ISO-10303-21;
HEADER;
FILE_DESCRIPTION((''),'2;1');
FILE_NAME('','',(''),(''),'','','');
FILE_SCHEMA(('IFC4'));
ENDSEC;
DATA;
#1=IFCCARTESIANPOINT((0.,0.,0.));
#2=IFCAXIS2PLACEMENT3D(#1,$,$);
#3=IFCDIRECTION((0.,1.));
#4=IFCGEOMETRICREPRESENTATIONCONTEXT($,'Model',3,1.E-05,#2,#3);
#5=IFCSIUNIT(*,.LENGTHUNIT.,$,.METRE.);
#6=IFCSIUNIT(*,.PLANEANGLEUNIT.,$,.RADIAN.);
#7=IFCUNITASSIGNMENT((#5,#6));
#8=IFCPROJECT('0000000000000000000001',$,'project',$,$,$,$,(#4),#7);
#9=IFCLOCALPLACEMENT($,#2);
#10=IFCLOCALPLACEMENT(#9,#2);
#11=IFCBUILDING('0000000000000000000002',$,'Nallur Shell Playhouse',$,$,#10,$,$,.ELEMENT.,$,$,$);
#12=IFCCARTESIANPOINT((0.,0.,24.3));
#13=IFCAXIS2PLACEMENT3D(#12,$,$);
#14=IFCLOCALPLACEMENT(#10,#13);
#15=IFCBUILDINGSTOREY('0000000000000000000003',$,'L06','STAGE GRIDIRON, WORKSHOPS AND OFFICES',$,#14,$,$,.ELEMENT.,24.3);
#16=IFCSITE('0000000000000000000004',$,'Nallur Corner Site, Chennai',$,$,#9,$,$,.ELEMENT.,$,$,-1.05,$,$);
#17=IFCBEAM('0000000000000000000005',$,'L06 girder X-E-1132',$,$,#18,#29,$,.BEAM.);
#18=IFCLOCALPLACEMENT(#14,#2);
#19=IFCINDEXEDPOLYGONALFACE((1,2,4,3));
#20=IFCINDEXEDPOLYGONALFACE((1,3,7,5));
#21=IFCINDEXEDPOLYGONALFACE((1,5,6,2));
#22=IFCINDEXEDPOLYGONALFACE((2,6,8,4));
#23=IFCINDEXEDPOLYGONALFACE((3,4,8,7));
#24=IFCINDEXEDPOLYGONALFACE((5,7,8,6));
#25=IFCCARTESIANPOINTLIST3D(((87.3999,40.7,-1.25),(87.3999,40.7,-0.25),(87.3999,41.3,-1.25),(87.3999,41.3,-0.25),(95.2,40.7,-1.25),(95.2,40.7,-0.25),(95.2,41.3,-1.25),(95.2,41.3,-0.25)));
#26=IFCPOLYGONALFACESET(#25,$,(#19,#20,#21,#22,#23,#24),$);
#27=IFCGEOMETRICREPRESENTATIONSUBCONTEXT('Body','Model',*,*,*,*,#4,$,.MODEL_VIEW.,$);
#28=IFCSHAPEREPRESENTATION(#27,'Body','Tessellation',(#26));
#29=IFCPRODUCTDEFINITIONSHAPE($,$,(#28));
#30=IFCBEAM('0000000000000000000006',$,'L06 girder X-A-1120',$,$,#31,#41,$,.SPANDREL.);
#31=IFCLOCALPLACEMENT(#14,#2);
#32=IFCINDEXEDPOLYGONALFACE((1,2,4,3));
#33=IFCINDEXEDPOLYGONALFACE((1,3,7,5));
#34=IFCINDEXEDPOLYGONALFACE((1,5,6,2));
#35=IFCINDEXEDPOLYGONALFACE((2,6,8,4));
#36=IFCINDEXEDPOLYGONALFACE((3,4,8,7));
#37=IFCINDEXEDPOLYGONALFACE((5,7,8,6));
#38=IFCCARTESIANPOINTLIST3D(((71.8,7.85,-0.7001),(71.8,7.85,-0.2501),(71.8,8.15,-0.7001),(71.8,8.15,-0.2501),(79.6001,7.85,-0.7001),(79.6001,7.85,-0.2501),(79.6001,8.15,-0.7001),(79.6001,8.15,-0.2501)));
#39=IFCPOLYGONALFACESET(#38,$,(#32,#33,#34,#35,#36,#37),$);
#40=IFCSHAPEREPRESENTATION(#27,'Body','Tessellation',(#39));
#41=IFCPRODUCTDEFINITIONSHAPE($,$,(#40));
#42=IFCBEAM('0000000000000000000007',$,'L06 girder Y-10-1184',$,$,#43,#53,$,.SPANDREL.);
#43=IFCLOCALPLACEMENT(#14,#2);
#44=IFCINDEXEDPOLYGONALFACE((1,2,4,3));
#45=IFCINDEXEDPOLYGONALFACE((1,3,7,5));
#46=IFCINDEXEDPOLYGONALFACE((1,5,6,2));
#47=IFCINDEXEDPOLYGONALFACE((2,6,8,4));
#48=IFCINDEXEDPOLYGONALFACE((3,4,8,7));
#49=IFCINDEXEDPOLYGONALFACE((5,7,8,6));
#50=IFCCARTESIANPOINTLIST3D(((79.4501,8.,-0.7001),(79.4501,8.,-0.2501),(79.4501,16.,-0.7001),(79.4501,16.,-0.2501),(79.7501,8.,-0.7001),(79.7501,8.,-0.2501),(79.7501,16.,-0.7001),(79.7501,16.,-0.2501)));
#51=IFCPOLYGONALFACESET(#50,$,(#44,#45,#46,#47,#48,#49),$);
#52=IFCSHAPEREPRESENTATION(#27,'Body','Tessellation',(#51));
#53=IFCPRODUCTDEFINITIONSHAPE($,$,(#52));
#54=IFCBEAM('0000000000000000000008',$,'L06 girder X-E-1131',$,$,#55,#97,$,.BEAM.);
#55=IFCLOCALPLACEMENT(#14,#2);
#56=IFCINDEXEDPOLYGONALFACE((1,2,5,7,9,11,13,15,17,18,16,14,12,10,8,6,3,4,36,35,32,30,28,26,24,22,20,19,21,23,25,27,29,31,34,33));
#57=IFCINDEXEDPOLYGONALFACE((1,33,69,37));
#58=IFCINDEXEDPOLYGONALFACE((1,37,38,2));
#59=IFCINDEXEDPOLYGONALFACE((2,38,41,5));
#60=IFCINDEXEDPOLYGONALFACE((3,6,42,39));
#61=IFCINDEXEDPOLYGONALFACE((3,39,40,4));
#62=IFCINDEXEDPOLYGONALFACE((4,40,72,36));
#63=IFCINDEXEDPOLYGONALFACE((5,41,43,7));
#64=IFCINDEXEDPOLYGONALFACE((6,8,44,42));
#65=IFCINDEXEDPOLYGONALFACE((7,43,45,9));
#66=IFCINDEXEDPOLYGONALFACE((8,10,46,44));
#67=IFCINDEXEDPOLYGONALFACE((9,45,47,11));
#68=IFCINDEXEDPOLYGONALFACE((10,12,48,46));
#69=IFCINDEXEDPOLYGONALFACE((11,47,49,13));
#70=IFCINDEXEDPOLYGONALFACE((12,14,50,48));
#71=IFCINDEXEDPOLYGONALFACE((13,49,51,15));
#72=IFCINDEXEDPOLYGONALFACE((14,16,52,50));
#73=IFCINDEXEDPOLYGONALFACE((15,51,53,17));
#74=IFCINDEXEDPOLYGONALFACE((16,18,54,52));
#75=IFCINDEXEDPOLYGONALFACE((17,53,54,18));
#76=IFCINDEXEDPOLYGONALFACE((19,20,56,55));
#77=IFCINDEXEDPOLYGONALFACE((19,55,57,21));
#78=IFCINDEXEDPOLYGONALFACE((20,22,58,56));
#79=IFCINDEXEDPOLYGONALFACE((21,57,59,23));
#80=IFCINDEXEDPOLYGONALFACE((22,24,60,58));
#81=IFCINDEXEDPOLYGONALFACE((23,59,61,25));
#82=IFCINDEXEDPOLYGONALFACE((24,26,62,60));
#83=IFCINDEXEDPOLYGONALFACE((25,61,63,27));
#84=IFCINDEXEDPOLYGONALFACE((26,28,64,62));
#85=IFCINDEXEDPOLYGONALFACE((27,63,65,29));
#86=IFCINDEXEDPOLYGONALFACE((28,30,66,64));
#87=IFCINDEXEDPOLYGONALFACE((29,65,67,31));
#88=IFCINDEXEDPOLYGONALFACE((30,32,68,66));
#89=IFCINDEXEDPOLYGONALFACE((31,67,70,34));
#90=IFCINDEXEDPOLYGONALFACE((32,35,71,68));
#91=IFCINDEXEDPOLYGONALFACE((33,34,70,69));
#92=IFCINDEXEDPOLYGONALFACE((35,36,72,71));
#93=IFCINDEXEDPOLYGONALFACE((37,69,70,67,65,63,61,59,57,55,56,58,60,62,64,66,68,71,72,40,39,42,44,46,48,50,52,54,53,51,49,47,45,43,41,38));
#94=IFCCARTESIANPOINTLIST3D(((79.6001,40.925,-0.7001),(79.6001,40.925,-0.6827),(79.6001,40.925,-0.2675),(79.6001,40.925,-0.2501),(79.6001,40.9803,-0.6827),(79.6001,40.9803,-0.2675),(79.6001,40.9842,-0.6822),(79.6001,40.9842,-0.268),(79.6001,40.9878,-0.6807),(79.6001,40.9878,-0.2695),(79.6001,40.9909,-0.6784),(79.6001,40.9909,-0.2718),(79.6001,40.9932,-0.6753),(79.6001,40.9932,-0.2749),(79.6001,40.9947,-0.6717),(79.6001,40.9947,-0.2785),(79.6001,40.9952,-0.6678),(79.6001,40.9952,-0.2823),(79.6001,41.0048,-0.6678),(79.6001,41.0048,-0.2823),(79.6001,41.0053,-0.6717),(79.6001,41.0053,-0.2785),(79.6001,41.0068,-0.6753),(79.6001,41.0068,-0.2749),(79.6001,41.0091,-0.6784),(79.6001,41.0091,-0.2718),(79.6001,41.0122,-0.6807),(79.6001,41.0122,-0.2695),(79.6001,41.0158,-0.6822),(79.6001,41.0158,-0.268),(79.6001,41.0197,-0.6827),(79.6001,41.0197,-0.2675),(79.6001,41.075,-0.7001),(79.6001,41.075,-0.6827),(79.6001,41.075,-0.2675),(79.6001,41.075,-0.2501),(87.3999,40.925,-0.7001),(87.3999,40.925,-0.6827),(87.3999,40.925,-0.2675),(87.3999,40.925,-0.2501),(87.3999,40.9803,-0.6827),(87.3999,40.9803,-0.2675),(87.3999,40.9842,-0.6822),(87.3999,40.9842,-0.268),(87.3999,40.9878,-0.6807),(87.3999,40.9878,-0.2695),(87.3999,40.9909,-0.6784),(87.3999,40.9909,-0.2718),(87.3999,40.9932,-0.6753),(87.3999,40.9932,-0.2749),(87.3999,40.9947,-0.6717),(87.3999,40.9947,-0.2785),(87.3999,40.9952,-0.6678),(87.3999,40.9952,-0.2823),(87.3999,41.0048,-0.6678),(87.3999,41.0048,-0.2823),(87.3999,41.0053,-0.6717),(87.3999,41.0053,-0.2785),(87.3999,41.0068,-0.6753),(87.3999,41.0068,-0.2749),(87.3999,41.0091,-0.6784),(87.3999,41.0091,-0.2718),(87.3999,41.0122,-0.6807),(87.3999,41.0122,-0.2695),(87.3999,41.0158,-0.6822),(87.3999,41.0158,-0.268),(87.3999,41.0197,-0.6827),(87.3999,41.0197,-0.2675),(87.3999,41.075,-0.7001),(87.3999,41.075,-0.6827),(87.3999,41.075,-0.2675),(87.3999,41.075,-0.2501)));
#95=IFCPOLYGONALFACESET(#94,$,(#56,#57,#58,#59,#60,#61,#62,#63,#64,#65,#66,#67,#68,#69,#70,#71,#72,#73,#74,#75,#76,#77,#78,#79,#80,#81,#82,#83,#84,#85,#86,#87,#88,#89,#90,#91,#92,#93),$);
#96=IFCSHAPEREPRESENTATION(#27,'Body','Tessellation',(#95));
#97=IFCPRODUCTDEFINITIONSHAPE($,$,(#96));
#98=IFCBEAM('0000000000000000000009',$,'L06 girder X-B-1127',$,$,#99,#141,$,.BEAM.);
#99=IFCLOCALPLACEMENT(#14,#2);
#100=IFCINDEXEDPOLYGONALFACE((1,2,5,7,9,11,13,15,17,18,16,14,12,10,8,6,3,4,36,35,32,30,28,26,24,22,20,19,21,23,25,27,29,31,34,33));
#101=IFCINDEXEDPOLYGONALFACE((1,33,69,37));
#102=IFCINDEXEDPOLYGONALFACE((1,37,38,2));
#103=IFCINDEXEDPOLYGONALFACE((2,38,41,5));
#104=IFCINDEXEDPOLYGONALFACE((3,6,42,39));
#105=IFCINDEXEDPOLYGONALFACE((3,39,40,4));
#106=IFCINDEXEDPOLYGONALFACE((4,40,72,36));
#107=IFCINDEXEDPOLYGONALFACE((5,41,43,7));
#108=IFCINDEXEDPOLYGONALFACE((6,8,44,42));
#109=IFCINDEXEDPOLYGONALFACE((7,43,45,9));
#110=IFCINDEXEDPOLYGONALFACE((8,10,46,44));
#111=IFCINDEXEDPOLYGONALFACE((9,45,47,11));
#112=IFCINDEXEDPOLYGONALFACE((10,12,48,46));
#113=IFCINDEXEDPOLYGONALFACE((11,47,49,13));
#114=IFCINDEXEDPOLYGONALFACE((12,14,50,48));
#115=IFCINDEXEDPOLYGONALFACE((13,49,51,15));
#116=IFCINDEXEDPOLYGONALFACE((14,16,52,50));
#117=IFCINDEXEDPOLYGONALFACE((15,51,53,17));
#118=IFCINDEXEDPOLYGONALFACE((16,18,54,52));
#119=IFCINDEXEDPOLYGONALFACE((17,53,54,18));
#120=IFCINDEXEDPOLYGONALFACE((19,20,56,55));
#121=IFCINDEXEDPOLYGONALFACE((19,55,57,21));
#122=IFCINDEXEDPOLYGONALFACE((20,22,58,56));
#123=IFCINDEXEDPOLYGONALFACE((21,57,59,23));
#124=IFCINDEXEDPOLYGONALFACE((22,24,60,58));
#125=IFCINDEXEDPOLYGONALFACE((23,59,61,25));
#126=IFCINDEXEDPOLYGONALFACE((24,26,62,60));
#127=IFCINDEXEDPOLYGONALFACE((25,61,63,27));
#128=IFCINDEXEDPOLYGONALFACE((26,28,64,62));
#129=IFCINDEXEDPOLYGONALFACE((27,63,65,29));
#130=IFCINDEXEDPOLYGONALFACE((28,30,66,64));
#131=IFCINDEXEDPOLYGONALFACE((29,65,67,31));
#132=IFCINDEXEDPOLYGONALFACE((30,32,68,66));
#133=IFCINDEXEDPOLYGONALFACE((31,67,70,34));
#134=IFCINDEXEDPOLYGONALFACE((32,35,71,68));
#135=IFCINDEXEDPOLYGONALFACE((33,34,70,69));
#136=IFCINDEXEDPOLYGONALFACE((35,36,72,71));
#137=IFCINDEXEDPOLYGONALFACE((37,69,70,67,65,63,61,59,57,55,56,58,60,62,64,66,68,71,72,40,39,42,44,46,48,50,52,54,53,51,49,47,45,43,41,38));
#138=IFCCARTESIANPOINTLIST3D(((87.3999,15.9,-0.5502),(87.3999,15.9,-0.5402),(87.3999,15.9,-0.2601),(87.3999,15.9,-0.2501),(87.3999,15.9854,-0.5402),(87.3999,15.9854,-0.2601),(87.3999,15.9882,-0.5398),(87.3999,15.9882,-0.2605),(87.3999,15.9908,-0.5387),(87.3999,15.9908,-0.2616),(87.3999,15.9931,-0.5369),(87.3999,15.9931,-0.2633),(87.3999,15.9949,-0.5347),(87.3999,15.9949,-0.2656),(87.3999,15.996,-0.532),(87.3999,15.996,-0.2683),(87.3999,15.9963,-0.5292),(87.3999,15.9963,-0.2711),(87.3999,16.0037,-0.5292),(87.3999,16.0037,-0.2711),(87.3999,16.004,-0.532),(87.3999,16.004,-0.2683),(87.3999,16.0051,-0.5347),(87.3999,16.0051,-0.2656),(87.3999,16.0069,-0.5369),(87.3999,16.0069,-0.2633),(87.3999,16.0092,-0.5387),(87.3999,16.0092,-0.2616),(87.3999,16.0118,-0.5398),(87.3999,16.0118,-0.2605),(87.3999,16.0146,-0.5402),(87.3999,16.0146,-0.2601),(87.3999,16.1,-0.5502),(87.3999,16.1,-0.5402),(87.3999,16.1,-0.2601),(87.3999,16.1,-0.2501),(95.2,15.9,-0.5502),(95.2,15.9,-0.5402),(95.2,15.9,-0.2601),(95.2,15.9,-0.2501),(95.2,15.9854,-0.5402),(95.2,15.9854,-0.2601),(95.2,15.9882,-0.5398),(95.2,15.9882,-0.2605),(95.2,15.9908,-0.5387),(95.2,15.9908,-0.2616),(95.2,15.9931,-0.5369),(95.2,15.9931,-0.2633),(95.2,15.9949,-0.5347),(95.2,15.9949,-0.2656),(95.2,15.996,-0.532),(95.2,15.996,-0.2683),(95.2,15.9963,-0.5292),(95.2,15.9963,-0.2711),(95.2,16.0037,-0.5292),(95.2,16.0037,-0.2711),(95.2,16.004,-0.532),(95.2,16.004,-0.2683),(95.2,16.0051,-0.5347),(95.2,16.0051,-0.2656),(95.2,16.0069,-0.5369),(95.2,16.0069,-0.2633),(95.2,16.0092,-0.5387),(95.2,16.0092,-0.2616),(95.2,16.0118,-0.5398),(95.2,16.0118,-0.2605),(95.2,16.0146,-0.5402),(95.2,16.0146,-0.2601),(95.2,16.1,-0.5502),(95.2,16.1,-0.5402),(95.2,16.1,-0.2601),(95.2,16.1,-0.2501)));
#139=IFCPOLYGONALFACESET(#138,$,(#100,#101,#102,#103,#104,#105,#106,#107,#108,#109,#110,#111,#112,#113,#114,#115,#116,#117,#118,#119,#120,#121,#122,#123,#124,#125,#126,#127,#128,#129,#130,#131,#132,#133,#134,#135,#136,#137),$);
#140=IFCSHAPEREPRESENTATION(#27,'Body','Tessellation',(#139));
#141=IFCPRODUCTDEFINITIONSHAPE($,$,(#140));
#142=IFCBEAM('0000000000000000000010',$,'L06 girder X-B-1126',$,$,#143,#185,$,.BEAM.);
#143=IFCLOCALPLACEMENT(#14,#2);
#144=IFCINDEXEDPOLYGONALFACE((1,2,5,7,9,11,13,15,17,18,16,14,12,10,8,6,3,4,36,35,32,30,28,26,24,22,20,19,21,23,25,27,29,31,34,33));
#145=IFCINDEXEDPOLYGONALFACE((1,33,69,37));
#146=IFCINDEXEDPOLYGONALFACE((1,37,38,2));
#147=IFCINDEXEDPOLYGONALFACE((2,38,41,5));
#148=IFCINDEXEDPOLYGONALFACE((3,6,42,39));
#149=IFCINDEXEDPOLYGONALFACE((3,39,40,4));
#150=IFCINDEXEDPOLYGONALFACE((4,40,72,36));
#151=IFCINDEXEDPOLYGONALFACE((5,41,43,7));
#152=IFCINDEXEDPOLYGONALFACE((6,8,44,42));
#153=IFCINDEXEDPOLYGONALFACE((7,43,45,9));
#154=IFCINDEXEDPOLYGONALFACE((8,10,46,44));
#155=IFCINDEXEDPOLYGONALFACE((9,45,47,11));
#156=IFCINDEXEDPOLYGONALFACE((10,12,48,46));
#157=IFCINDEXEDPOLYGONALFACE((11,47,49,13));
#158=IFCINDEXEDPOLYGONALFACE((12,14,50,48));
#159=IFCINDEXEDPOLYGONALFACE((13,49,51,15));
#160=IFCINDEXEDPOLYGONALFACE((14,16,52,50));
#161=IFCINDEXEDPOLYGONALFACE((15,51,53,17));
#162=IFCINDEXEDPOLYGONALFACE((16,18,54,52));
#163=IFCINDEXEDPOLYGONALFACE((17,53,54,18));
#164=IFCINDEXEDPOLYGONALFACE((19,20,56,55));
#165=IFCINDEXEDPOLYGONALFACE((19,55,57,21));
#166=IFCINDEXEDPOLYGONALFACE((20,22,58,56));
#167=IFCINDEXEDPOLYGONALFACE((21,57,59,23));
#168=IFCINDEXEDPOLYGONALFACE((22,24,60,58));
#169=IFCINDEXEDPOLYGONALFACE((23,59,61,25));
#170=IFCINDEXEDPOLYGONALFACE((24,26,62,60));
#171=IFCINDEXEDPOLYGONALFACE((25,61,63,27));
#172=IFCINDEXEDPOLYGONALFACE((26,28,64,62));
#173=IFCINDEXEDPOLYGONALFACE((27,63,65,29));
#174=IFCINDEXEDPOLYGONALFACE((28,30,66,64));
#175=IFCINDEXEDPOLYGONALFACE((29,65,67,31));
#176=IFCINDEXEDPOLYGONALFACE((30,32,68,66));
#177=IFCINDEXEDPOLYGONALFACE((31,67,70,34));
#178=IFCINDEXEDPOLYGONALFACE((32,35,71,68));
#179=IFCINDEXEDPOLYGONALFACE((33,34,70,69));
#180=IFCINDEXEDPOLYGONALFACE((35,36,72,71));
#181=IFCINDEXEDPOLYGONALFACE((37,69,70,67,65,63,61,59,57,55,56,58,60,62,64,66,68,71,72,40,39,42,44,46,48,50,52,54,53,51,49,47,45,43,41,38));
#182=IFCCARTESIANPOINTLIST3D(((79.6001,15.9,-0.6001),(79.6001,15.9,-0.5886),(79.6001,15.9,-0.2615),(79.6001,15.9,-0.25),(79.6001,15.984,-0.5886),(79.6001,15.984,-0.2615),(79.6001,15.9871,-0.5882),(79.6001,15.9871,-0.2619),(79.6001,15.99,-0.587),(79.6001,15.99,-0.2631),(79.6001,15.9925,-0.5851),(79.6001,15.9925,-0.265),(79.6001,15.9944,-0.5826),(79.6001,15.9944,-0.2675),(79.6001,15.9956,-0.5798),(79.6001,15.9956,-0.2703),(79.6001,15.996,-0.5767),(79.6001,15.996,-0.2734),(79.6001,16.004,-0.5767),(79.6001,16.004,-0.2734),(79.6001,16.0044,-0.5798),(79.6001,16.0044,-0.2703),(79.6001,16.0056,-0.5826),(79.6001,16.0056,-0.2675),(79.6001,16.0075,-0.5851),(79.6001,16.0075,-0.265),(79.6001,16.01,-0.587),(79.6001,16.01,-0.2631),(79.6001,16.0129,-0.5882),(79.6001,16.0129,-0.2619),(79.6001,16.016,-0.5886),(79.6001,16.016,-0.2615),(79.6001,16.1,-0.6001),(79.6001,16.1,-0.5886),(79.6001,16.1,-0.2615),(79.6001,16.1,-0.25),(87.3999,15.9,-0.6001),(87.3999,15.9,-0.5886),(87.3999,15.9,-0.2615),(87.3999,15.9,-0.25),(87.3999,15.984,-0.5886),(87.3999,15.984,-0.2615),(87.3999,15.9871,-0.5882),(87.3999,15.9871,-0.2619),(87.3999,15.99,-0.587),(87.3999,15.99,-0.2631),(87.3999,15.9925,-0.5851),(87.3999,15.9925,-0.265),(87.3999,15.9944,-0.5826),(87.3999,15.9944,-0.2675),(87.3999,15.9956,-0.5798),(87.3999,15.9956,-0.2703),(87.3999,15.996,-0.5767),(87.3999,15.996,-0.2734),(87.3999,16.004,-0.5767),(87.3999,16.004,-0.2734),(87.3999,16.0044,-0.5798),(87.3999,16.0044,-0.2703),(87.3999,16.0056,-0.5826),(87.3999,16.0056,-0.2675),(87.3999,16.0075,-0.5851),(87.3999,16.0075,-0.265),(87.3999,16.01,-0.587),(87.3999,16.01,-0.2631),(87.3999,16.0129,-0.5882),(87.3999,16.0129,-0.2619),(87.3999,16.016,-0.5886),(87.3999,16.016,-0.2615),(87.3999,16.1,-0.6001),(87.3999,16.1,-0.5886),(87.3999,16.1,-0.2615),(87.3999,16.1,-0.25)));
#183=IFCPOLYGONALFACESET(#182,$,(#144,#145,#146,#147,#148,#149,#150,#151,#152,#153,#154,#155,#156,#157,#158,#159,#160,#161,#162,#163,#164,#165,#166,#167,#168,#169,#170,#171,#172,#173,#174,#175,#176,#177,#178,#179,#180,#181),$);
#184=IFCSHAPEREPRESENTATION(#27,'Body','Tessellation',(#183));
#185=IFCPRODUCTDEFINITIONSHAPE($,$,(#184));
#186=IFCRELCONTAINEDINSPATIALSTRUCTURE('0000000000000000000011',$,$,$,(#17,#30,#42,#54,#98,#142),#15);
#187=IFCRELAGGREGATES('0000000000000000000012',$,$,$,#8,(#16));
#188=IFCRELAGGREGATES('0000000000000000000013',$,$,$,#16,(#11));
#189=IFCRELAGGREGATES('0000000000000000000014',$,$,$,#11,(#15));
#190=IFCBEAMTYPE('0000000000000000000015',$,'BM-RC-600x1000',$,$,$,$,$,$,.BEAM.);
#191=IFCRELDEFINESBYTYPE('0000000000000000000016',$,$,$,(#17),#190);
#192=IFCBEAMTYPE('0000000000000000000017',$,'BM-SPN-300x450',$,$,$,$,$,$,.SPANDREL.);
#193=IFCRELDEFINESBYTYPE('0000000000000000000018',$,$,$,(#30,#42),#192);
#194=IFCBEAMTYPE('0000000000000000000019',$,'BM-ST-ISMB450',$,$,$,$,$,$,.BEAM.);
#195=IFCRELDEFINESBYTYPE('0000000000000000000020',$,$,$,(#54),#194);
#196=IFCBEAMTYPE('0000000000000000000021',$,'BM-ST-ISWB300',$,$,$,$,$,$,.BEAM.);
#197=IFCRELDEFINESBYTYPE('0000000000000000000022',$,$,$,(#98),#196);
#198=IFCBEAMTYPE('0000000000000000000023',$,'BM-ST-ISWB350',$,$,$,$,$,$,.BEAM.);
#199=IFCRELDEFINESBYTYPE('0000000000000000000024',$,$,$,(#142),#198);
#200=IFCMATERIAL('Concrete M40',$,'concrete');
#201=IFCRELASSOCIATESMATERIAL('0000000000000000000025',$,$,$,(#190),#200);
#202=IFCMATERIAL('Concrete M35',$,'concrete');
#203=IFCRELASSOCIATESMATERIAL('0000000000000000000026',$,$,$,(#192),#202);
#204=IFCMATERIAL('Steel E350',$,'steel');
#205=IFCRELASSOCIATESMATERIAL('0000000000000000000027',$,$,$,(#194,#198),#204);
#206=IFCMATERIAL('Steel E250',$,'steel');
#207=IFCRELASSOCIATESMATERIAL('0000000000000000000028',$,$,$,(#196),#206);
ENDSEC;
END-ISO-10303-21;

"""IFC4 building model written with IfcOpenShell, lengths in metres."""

from ifc_helpers import new_model, si_unit, direction, frame, origin, origin_2d, place, context, subcontext, project, spatial, rectangle, i_section, extrude, material, material_profile, profile_set, type_object, element, save


model = new_model("IFC4")

# Units and contexts
model_context = context("Model", 3, precision=1e-05, world=origin(), true_north=direction((0.0, 1.0)))
body_context = subcontext(model_context, "Body", "Model", "MODEL_VIEW")
ifc_project = project(units=[si_unit("LENGTHUNIT", "METRE"), si_unit("PLANEANGLEUNIT", "RADIAN")], contexts=[model_context])

# Site, building, storey
site_placement = place(None, origin())
site = spatial("IfcSite", under=ifc_project, at=site_placement, Name="Nallur Corner Site, Chennai", CompositionType="ELEMENT", RefElevation=-1.05)
building_placement = place(site_placement, origin())
building = spatial("IfcBuilding", under=site, at=building_placement, Name="Nallur Shell Playhouse", CompositionType="ELEMENT")
storey_placement = place(building_placement, frame((0.0, 0.0, 24.3)))
storey = spatial("IfcBuildingStorey", under=building, at=storey_placement, Name="L06", Description="STAGE GRIDIRON, WORKSHOPS AND OFFICES", CompositionType="ELEMENT", Elevation=24.3)

# Shared definitions
ifc_material_1 = material(Name="Steel E350", Category="steel")

# Beams
ifc_material_2 = material(Name="Concrete M40", Category="concrete")
ifc_material_profile_1 = material_profile(ifc_material_2, rectangle(XDim=0.6001, YDim=1.0, at=origin_2d()), Name="RC 600x1000")
ifc_profile_set_1 = profile_set([ifc_material_profile_1], Name="Concrete M40")
beam_type_1 = type_object("IfcBeamType", Name="BM-RC-600x1000", PredefinedType="BEAM", material=ifc_profile_set_1)
beam_1_placement = place(storey_placement, frame((87.3999, 41.0, -0.75), z_axis=(1.0, 0.0, 0.0), x_axis=(0.0, 1.0, 0.0)))
element("IfcBeam", 1, at=beam_1_placement, inside=storey, type_object=beam_type_1, Name="L06 girder X-E-1132", PredefinedType="BEAM", context=body_context, shape_type="SweptSolid", body=[
    extrude(rectangle(XDim=0.6001, YDim=1.0, at=origin_2d()), origin(), (0.0, 0.0, 1.0), 7.8),
])
ifc_material_3 = material(Name="Concrete M35", Category="concrete")
ifc_material_profile_2 = material_profile(ifc_material_3, rectangle(XDim=0.3, YDim=0.45, at=origin_2d()), Name="RC 300x450")
ifc_profile_set_2 = profile_set([ifc_material_profile_2], Name="Concrete M35")
beam_type_2 = type_object("IfcBeamType", Name="BM-SPN-300x450", PredefinedType="SPANDREL", material=ifc_profile_set_2)
beam_2_placement = place(storey_placement, frame((71.8, 8.0, -0.4751), z_axis=(1.0, 0.0, 0.0), x_axis=(0.0, 1.0, 0.0)))
element("IfcBeam", 2, at=beam_2_placement, inside=storey, type_object=beam_type_2, Name="L06 girder X-A-1120", PredefinedType="SPANDREL", context=body_context, shape_type="SweptSolid", body=[
    extrude(rectangle(XDim=0.3, YDim=0.45, at=origin_2d()), origin(), (0.0, 0.0, 1.0), 7.8),
])
beam_3_placement = place(storey_placement, frame((79.6001, 8.0, -0.4751), z_axis=(0.0, 1.0, 0.0), x_axis=(-1.0, 0.0, 0.0)))
element("IfcBeam", 3, at=beam_3_placement, inside=storey, type_object=beam_type_2, Name="L06 girder Y-10-1184", PredefinedType="SPANDREL", context=body_context, shape_type="SweptSolid", body=[
    extrude(rectangle(XDim=0.3, YDim=0.45, at=origin_2d()), origin(), (0.0, 0.0, 1.0), 8.0),
])
ifc_material_profile_3 = material_profile(ifc_material_1, i_section(OverallWidth=0.1499, OverallDepth=0.45, WebThickness=0.0095, FlangeThickness=0.0173, FilletRadius=0.0149, at=origin_2d()), Name="ISMB 450")
ifc_profile_set_3 = profile_set([ifc_material_profile_3], Name="Steel E350")
beam_type_3 = type_object("IfcBeamType", Name="BM-ST-ISMB450", PredefinedType="BEAM", material=ifc_profile_set_3)
beam_4_placement = place(storey_placement, frame((79.6001, 41.0, -0.4751), z_axis=(1.0, 0.0, 0.0), x_axis=(0.0, 1.0, 0.0)))
element("IfcBeam", 4, at=beam_4_placement, inside=storey, type_object=beam_type_3, Name="L06 girder X-E-1131", PredefinedType="BEAM", context=body_context, shape_type="SweptSolid", body=[
    extrude(i_section(OverallWidth=0.1499, OverallDepth=0.45, WebThickness=0.0095, FlangeThickness=0.0173, FilletRadius=0.0149, at=origin_2d()), origin(), (0.0, 0.0, 1.0), 7.7998),
])
ifc_material_4 = material(Name="Steel E250", Category="steel")
ifc_material_profile_4 = material_profile(ifc_material_4, i_section(OverallWidth=0.2, OverallDepth=0.3, WebThickness=0.0073, FlangeThickness=0.01, FilletRadius=0.011, at=origin_2d()), Name="ISWB 300")
ifc_profile_set_4 = profile_set([ifc_material_profile_4], Name="Steel E250")
beam_type_4 = type_object("IfcBeamType", Name="BM-ST-ISWB300", PredefinedType="BEAM", material=ifc_profile_set_4)
beam_5_placement = place(storey_placement, frame((87.3999, 16.0, -0.4001), z_axis=(1.0, 0.0, 0.0), x_axis=(0.0, 1.0, 0.0)))
element("IfcBeam", 5, at=beam_5_placement, inside=storey, type_object=beam_type_4, Name="L06 girder X-B-1127", PredefinedType="BEAM", context=body_context, shape_type="SweptSolid", body=[
    extrude(i_section(OverallWidth=0.2, OverallDepth=0.3, WebThickness=0.0073, FlangeThickness=0.01, FilletRadius=0.011, at=origin_2d()), origin(), (0.0, 0.0, 1.0), 7.8),
])
ifc_material_profile_5 = material_profile(ifc_material_1, i_section(OverallWidth=0.2, OverallDepth=0.3501, WebThickness=0.0081, FlangeThickness=0.0115, FilletRadius=0.012, at=origin_2d()), Name="ISWB 350")
ifc_profile_set_5 = profile_set([ifc_material_profile_5], Name="Steel E350")
beam_type_5 = type_object("IfcBeamType", Name="BM-ST-ISWB350", PredefinedType="BEAM", material=ifc_profile_set_5)
beam_6_placement = place(storey_placement, frame((79.6001, 16.0, -0.425), z_axis=(1.0, 0.0, 0.0), x_axis=(0.0, 1.0, 0.0)))
element("IfcBeam", 6, at=beam_6_placement, inside=storey, type_object=beam_type_5, Name="L06 girder X-B-1126", PredefinedType="BEAM", context=body_context, shape_type="SweptSolid", body=[
    extrude(i_section(OverallWidth=0.2, OverallDepth=0.3501, WebThickness=0.0081, FlangeThickness=0.0115, FilletRadius=0.012, at=origin_2d()), origin(), (0.0, 0.0, 1.0), 7.7998),
])

save(model, "model.ifc")
